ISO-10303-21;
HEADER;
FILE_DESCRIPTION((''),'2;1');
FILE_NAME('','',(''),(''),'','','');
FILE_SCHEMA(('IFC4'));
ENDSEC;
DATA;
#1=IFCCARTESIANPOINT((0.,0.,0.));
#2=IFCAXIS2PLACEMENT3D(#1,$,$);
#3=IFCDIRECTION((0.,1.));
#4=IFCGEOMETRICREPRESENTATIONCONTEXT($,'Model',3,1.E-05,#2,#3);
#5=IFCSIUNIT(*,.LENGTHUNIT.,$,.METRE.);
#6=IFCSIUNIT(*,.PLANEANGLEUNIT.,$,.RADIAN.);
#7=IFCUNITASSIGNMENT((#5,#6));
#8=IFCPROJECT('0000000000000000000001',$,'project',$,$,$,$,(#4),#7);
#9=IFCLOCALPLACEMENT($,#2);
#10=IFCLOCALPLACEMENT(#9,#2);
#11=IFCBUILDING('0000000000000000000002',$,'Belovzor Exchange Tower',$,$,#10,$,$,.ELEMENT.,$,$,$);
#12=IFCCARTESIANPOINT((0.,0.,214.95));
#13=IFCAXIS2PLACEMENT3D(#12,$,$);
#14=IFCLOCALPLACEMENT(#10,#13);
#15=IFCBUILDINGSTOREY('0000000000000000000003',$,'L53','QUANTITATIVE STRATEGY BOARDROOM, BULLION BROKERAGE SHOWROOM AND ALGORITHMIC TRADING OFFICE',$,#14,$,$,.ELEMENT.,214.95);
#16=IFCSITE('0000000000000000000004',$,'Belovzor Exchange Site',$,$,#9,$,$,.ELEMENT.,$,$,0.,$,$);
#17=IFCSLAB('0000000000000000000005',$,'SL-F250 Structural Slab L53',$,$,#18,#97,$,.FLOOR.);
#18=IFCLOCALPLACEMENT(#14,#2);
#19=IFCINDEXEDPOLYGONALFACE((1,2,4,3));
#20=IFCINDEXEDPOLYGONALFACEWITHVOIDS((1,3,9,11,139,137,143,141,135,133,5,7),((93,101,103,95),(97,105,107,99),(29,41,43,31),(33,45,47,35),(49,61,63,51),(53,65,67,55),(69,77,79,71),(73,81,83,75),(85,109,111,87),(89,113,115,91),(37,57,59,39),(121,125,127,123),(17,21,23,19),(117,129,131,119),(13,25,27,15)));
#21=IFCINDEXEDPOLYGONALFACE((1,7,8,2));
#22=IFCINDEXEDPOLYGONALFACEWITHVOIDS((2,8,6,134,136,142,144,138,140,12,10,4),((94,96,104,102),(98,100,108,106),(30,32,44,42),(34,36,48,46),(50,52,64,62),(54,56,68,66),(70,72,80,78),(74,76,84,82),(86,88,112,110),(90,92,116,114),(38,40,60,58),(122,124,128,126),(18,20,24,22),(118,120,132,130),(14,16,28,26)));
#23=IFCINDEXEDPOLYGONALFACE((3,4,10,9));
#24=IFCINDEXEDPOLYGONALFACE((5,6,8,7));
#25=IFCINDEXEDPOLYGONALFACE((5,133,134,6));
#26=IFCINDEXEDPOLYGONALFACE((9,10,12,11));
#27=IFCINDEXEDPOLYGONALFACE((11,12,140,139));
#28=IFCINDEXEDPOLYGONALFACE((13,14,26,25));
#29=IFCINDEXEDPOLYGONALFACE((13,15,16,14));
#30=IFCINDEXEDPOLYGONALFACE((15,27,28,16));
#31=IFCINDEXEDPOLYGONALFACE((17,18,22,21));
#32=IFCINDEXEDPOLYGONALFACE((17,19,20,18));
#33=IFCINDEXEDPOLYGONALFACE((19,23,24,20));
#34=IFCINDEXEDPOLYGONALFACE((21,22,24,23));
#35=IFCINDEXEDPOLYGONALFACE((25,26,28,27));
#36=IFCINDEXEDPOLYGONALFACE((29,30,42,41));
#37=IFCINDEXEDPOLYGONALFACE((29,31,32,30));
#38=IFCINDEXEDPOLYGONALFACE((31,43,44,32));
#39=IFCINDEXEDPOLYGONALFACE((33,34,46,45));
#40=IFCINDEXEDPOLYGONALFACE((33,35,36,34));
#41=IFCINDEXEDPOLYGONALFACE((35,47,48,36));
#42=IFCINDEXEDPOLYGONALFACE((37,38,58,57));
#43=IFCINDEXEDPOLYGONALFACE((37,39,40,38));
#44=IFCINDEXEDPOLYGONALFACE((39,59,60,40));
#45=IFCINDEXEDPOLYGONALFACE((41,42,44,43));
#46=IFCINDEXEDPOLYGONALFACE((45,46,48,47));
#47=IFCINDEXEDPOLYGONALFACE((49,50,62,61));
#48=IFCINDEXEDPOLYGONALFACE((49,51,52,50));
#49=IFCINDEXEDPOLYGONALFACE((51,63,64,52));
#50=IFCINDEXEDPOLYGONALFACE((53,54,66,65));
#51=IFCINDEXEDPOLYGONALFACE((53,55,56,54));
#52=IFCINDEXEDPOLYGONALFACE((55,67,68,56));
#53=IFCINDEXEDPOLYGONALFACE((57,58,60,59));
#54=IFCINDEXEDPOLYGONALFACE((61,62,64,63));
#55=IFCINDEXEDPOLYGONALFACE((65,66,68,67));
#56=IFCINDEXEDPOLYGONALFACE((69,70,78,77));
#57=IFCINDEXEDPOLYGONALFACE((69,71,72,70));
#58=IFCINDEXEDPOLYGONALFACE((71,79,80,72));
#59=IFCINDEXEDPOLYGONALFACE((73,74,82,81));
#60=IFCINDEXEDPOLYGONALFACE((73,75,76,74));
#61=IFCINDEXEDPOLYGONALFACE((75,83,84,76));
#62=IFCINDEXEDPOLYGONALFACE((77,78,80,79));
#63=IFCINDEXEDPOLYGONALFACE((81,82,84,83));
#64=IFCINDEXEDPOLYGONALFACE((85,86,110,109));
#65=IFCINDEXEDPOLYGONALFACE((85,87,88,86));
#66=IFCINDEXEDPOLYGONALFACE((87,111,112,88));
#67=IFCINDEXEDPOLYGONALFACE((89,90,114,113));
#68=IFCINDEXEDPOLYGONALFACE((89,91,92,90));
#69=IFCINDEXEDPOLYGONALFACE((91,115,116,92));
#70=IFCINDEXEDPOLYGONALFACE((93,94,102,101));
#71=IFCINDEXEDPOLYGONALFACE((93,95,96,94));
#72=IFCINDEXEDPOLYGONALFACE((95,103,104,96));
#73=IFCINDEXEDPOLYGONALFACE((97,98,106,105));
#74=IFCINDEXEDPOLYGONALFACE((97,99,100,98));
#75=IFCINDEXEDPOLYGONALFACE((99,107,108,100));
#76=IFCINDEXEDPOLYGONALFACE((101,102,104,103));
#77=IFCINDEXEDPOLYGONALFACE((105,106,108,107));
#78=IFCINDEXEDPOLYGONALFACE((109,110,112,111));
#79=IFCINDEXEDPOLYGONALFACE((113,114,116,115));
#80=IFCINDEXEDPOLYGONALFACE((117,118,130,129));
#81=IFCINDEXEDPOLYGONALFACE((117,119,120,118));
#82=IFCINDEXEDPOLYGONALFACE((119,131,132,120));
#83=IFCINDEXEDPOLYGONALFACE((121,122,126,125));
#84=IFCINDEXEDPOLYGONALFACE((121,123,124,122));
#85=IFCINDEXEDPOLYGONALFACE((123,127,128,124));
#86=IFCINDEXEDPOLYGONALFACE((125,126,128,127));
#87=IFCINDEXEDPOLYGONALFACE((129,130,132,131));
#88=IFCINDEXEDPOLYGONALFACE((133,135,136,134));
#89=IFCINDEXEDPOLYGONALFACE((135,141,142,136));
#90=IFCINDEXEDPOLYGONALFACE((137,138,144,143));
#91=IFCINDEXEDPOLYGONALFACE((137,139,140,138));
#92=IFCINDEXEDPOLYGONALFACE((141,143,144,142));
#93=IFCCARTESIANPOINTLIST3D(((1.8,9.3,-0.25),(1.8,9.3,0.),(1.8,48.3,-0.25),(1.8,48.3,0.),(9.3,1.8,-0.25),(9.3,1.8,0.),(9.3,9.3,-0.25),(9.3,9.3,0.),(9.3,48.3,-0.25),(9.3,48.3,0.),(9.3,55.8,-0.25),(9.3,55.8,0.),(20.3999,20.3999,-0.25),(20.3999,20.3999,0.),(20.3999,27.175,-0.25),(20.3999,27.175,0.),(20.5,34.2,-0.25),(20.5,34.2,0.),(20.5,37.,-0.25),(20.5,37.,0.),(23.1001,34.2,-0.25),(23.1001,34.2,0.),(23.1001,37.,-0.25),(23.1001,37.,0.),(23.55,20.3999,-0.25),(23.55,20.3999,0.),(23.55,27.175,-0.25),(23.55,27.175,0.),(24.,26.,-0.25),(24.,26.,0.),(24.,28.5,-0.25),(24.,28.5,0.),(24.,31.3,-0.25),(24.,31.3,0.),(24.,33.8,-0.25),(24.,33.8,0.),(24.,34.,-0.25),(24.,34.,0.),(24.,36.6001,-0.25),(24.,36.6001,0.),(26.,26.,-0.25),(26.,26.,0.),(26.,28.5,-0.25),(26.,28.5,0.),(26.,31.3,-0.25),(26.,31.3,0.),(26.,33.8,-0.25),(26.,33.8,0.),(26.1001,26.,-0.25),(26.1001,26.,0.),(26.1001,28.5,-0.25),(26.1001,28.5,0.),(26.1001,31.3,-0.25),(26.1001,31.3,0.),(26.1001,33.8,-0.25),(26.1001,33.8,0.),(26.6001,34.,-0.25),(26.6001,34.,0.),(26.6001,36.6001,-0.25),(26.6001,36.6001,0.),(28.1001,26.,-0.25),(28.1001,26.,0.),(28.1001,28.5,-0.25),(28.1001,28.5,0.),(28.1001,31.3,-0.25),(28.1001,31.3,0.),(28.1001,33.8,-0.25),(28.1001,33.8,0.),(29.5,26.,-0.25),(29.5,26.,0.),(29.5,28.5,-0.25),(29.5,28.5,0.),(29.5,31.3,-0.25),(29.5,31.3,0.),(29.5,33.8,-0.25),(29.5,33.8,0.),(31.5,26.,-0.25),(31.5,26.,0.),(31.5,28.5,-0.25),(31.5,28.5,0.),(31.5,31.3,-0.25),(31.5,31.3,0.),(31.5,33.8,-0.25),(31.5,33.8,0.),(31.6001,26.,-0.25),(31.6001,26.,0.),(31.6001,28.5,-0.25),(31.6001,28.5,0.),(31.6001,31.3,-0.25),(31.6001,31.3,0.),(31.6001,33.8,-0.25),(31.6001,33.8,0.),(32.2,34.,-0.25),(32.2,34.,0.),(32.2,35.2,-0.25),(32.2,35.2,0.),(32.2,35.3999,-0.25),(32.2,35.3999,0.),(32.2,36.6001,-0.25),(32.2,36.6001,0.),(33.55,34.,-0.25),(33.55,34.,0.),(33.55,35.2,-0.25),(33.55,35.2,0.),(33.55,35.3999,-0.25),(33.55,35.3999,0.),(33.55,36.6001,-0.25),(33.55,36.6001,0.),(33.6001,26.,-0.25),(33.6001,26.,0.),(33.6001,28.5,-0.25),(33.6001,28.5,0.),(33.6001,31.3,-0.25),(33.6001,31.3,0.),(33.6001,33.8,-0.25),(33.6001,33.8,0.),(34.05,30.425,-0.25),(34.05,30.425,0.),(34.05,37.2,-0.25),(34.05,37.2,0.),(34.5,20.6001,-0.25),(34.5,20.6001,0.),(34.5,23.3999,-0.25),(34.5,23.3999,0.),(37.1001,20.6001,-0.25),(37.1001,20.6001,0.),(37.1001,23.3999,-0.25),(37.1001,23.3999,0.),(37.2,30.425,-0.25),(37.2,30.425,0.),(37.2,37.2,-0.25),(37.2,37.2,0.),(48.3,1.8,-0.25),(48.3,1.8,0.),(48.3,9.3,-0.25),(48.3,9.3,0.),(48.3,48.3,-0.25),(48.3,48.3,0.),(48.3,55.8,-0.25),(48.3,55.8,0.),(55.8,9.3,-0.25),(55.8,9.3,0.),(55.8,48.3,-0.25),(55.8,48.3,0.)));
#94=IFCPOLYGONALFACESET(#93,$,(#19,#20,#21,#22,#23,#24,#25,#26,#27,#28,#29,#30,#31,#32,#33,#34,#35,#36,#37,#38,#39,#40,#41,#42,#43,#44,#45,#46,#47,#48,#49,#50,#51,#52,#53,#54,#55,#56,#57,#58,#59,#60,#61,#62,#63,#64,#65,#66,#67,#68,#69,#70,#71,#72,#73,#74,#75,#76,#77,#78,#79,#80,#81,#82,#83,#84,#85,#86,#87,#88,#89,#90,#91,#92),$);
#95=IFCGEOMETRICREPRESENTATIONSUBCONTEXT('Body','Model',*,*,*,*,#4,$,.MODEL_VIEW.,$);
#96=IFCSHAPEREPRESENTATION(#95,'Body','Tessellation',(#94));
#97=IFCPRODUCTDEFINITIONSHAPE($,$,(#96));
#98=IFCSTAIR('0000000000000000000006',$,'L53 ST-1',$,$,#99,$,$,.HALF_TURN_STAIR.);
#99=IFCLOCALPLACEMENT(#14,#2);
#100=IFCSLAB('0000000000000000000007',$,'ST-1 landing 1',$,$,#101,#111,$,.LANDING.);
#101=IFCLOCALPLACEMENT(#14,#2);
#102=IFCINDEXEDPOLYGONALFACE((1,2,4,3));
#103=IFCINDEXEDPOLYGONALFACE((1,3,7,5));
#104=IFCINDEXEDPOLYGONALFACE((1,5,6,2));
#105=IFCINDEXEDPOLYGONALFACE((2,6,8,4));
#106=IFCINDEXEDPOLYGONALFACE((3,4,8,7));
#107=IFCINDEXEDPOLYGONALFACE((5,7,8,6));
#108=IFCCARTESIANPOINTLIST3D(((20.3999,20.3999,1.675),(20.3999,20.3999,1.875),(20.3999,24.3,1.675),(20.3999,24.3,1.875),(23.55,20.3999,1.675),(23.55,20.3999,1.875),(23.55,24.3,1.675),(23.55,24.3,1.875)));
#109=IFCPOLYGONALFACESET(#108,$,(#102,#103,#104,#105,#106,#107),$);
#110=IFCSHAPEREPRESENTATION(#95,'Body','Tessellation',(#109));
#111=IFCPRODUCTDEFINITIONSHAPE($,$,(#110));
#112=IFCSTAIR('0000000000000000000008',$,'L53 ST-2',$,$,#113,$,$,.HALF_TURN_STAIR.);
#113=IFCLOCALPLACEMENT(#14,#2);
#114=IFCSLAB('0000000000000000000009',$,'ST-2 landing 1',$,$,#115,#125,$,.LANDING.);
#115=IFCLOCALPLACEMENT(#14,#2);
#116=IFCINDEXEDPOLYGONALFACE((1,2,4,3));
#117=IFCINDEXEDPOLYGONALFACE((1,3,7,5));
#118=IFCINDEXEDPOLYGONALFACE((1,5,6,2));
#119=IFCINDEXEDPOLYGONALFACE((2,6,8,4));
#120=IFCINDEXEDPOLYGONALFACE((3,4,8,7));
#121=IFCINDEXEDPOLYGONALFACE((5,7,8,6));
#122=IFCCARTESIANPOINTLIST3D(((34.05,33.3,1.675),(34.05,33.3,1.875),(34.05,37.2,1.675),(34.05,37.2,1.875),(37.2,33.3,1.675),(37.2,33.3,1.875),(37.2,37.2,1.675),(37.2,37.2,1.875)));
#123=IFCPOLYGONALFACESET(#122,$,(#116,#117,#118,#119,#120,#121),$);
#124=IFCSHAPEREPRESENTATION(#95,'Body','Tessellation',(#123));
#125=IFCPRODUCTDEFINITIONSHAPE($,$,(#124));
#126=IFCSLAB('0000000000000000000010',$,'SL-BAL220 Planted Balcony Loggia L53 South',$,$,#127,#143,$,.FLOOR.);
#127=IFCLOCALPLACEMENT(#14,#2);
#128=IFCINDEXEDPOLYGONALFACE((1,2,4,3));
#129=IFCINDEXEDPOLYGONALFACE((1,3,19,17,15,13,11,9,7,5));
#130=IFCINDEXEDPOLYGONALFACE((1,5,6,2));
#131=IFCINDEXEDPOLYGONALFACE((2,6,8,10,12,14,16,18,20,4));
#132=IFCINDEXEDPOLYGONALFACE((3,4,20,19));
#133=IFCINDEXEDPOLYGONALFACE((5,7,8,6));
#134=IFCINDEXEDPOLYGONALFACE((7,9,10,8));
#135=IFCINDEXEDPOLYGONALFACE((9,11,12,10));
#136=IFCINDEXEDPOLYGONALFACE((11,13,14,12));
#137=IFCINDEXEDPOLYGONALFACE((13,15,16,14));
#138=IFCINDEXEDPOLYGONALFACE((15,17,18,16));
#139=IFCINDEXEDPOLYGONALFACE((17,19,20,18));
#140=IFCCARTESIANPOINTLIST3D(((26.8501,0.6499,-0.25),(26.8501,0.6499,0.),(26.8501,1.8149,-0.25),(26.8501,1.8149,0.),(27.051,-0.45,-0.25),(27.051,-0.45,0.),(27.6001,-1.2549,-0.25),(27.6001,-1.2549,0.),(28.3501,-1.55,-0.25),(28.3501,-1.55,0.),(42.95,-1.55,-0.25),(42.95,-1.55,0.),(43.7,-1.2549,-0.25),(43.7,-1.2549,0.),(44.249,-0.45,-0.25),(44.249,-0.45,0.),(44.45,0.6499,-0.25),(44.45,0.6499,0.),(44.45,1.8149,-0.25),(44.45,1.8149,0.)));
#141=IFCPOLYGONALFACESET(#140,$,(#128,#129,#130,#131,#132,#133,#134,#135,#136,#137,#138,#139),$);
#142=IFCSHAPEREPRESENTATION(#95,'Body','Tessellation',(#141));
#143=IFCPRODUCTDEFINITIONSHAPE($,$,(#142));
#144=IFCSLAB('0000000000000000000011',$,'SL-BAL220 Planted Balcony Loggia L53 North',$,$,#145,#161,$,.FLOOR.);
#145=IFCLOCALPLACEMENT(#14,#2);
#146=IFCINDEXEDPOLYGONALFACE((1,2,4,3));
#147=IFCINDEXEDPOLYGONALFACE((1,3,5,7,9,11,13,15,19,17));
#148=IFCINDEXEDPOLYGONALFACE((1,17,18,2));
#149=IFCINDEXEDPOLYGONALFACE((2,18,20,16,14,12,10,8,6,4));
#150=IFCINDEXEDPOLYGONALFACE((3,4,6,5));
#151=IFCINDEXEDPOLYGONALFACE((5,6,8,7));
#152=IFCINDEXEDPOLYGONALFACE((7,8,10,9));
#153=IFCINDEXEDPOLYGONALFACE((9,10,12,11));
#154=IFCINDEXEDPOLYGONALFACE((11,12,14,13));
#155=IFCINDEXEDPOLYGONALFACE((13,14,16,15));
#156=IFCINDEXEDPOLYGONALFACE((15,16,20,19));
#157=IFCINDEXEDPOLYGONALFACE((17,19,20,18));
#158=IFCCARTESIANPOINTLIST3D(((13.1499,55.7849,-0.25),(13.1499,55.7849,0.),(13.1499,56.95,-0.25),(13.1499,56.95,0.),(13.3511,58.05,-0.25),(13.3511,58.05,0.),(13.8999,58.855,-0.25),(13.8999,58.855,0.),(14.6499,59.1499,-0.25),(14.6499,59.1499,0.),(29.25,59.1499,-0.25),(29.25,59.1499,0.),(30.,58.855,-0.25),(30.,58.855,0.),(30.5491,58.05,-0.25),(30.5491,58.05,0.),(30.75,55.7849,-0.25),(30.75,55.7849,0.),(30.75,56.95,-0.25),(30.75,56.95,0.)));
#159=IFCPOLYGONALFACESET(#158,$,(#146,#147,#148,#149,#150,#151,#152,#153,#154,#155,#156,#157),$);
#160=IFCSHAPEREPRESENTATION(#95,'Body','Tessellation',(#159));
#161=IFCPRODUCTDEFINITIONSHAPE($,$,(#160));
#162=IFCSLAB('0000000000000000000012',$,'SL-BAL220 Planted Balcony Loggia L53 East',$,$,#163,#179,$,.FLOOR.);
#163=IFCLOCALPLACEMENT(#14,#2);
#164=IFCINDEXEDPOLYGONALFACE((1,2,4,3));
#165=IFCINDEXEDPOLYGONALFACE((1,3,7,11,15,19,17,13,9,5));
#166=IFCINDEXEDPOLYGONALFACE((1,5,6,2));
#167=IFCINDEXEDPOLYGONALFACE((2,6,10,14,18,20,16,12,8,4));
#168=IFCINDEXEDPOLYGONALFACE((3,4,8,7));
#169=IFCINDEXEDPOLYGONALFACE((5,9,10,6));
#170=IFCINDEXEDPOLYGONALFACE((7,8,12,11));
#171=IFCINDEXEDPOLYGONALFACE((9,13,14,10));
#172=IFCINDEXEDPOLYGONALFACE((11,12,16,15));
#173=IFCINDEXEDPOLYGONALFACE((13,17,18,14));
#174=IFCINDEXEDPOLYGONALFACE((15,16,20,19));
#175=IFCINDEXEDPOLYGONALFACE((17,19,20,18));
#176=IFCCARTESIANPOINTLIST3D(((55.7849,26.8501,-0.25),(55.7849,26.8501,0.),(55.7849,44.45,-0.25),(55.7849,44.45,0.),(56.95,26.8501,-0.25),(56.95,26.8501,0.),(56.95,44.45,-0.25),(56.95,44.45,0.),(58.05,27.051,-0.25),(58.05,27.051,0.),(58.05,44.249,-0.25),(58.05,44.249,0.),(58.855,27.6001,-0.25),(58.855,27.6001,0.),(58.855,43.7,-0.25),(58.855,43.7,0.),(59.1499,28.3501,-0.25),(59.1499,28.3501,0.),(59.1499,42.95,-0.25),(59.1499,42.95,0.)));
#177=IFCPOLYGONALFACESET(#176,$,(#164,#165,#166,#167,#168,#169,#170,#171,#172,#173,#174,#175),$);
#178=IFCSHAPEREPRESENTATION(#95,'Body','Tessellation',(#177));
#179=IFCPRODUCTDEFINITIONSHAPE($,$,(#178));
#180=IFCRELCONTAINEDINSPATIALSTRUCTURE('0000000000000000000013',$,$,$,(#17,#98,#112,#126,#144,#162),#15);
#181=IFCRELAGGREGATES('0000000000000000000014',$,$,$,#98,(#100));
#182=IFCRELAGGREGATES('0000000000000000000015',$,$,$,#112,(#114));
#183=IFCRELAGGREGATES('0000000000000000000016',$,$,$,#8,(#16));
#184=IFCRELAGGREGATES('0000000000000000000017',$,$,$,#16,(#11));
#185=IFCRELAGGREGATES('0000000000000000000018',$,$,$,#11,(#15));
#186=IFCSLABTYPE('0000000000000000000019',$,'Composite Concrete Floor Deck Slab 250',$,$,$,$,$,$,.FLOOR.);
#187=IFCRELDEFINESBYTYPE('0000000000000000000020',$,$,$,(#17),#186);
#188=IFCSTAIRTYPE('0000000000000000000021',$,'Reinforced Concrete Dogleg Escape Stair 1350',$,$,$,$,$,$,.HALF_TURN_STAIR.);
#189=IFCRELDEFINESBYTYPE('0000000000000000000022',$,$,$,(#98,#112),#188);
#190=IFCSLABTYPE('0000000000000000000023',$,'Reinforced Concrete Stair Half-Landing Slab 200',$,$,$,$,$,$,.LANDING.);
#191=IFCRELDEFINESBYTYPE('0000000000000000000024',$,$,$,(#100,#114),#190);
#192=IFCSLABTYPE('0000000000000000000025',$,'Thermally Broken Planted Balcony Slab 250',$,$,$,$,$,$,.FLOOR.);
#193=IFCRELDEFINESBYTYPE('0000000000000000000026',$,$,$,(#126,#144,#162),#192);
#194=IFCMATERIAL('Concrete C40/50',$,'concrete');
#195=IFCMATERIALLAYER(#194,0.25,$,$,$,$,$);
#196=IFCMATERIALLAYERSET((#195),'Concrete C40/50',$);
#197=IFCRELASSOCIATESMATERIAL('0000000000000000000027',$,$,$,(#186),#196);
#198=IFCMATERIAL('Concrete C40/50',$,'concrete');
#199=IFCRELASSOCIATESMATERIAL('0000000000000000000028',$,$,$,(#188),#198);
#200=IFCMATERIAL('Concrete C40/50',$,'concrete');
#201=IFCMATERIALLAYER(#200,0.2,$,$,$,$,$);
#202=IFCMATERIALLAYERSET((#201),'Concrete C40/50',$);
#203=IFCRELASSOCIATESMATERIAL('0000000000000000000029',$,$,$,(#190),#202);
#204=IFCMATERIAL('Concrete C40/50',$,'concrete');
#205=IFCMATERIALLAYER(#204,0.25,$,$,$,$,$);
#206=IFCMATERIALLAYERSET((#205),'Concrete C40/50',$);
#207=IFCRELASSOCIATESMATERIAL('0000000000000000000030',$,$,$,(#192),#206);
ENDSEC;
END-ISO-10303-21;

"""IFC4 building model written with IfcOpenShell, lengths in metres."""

from ifc_helpers import new_model, si_unit, direction, frame, origin, place, context, subcontext, project, spatial, polyline, outline, extrude, material, layer, layer_set, type_object, element, aggregate, save


model = new_model("IFC4")

# Units and contexts
model_context = context("Model", 3, precision=1e-05, world=origin(), true_north=direction((0.0, 1.0)))
body_context = subcontext(model_context, "Body", "Model", "MODEL_VIEW")
ifc_project = project(units=[si_unit("LENGTHUNIT", "METRE"), si_unit("PLANEANGLEUNIT", "RADIAN")], contexts=[model_context])

# Site, building, storey
site_placement = place(None, origin())
site = spatial("IfcSite", under=ifc_project, at=site_placement, Name="Belovzor Exchange Site", CompositionType="ELEMENT", RefElevation=0.0)
building_placement = place(site_placement, origin())
building = spatial("IfcBuilding", under=site, at=building_placement, Name="Belovzor Exchange Tower", CompositionType="ELEMENT")
storey_placement = place(building_placement, frame((0.0, 0.0, 214.95)))
storey = spatial("IfcBuildingStorey", under=building, at=storey_placement, Name="L53", Description="QUANTITATIVE STRATEGY BOARDROOM, BULLION BROKERAGE SHOWROOM AND ALGORITHMIC TRADING OFFICE", CompositionType="ELEMENT", Elevation=214.95)

# Slab
ifc_material_1 = material(Name="Concrete C40/50", Category="concrete")
ifc_layer_1 = layer(ifc_material_1, 0.25)
ifc_layer_set_1 = layer_set([ifc_layer_1], Name="Concrete C40/50")
slab_type_1 = type_object("IfcSlabType", Name="Composite Concrete Floor Deck Slab 250", PredefinedType="FLOOR", material=ifc_layer_set_1)
slab_1_placement = place(storey_placement, frame((0.0, 0.0, -0.25)))
element("IfcSlab", 1, at=slab_1_placement, inside=storey, type_object=slab_type_1, Name="SL-F250 Structural Slab L53", PredefinedType="FLOOR", context=body_context, shape_type="SweptSolid", body=[
    extrude(outline(polyline([(9.3, 1.8), (48.3, 1.8), (48.3, 9.3), (55.8, 9.3), (55.8, 48.3), (48.3, 48.3), (48.3, 55.8), (9.3, 55.8), (9.3, 48.3), (1.8, 48.3), (1.8, 9.3), (9.3, 9.3), (9.3, 1.8)]), holes=[polyline([(20.3999, 27.175), (20.3999, 20.3999), (23.55, 20.3999), (23.55, 27.175), (20.3999, 27.175)]), polyline([(37.2, 30.425), (37.2, 37.2), (34.05, 37.2), (34.05, 30.425), (37.2, 30.425)]), polyline([(20.5, 34.2), (23.1001, 34.2), (23.1001, 37.0), (20.5, 37.0), (20.5, 34.2)]), polyline([(34.5, 20.6001), (37.1001, 20.6001), (37.1001, 23.3999), (34.5, 23.3999), (34.5, 20.6001)]), polyline([(24.0, 34.0), (26.6001, 34.0), (26.6001, 36.6001), (24.0, 36.6001), (24.0, 34.0)]), polyline([(24.0, 26.0), (26.0, 26.0), (26.0, 28.5), (24.0, 28.5), (24.0, 26.0)]), polyline([(26.1001, 26.0), (28.1001, 26.0), (28.1001, 28.5), (26.1001, 28.5), (26.1001, 26.0)]), polyline([(29.5, 26.0), (31.5, 26.0), (31.5, 28.5), (29.5, 28.5), (29.5, 26.0)]), polyline([(31.6001, 26.0), (33.6001, 26.0), (33.6001, 28.5), (31.6001, 28.5), (31.6001, 26.0)]), polyline([(24.0, 31.3), (26.0, 31.3), (26.0, 33.8), (24.0, 33.8), (24.0, 31.3)]), polyline([(26.1001, 31.3), (28.1001, 31.3), (28.1001, 33.8), (26.1001, 33.8), (26.1001, 31.3)]), polyline([(29.5, 31.3), (31.5, 31.3), (31.5, 33.8), (29.5, 33.8), (29.5, 31.3)]), polyline([(31.6001, 31.3), (33.6001, 31.3), (33.6001, 33.8), (31.6001, 33.8), (31.6001, 31.3)]), polyline([(32.2, 34.0), (33.55, 34.0), (33.55, 35.2), (32.2, 35.2), (32.2, 34.0)]), polyline([(32.2, 35.3999), (33.55, 35.3999), (33.55, 36.6001), (32.2, 36.6001), (32.2, 35.3999)])]), origin(), (0.0, 0.0, 1.0), 0.25),
])

# Stairs, slabs
ifc_material_2 = material(Name="Concrete C40/50", Category="concrete")
stair_type = type_object("IfcStairType", Name="Reinforced Concrete Dogleg Escape Stair 1350", PredefinedType="HALF_TURN_STAIR", material=ifc_material_2)
stair_1_placement = place(storey_placement, origin())
stair_1 = element("IfcStair", 2, at=stair_1_placement, inside=storey, type_object=stair_type, Name="L53 ST-1", PredefinedType="HALF_TURN_STAIR")
ifc_material_3 = material(Name="Concrete C40/50", Category="concrete")
ifc_layer_2 = layer(ifc_material_3, 0.2)
ifc_layer_set_2 = layer_set([ifc_layer_2], Name="Concrete C40/50")
slab_type_2 = type_object("IfcSlabType", Name="Reinforced Concrete Stair Half-Landing Slab 200", PredefinedType="LANDING", material=ifc_layer_set_2)
slab_2_placement = place(storey_placement, frame((0.0, 0.0, 1.675)))
slab_2 = element("IfcSlab", 3, at=slab_2_placement, type_object=slab_type_2, Name="ST-1 landing 1", PredefinedType="LANDING", context=body_context, shape_type="SweptSolid", body=[
    extrude(outline(polyline([(20.3999, 24.3), (20.3999, 20.3999), (23.55, 20.3999), (23.55, 24.3), (20.3999, 24.3)])), origin(), (0.0, 0.0, 1.0), 0.2),
])
aggregate(stair_1, [slab_2])
stair_2_placement = place(storey_placement, origin())
stair_2 = element("IfcStair", 4, at=stair_2_placement, inside=storey, type_object=stair_type, Name="L53 ST-2", PredefinedType="HALF_TURN_STAIR")
slab_3_placement = place(storey_placement, frame((0.0, 0.0, 1.675)))
slab_3 = element("IfcSlab", 5, at=slab_3_placement, type_object=slab_type_2, Name="ST-2 landing 1", PredefinedType="LANDING", context=body_context, shape_type="SweptSolid", body=[
    extrude(outline(polyline([(37.2, 33.3), (37.2, 37.2), (34.05, 37.2), (34.05, 33.3), (37.2, 33.3)])), origin(), (0.0, 0.0, 1.0), 0.2),
])
aggregate(stair_2, [slab_3])

# Slabs
ifc_material_4 = material(Name="Concrete C40/50", Category="concrete")
ifc_layer_3 = layer(ifc_material_4, 0.25)
ifc_layer_set_3 = layer_set([ifc_layer_3], Name="Concrete C40/50")
slab_type_3 = type_object("IfcSlabType", Name="Thermally Broken Planted Balcony Slab 250", PredefinedType="FLOOR", material=ifc_layer_set_3)
slab_4_placement = place(storey_placement, frame((0.0, 0.0, -0.25)))
element("IfcSlab", 6, at=slab_4_placement, inside=storey, type_object=slab_type_3, Name="SL-BAL220 Planted Balcony Loggia L53 South", PredefinedType="FLOOR", context=body_context, shape_type="SweptSolid", body=[
    extrude(outline(polyline([(26.8501, 1.8149), (26.8501, 0.6499), (27.051, -0.45), (27.6001, -1.2549), (28.3501, -1.55), (42.95, -1.55), (43.7, -1.2549), (44.249, -0.45), (44.45, 0.6499), (44.45, 1.8149), (26.8501, 1.8149)])), origin(), (0.0, 0.0, 1.0), 0.25),
])
slab_5_placement = place(storey_placement, frame((0.0, 0.0, -0.25)))
element("IfcSlab", 7, at=slab_5_placement, inside=storey, type_object=slab_type_3, Name="SL-BAL220 Planted Balcony Loggia L53 North", PredefinedType="FLOOR", context=body_context, shape_type="SweptSolid", body=[
    extrude(outline(polyline([(30.75, 55.7849), (30.75, 56.95), (30.5491, 58.05), (30.0, 58.855), (29.25, 59.1499), (14.6499, 59.1499), (13.8999, 58.855), (13.3511, 58.05), (13.1499, 56.95), (13.1499, 55.7849), (30.75, 55.7849)])), origin(), (0.0, 0.0, 1.0), 0.25),
])
slab_6_placement = place(storey_placement, frame((0.0, 0.0, -0.25)))
element("IfcSlab", 8, at=slab_6_placement, inside=storey, type_object=slab_type_3, Name="SL-BAL220 Planted Balcony Loggia L53 East", PredefinedType="FLOOR", context=body_context, shape_type="SweptSolid", body=[
    extrude(outline(polyline([(55.7849, 26.8501), (56.95, 26.8501), (58.05, 27.051), (58.855, 27.6001), (59.1499, 28.3501), (59.1499, 42.95), (58.855, 43.7), (58.05, 44.249), (56.95, 44.45), (55.7849, 44.45), (55.7849, 26.8501)])), origin(), (0.0, 0.0, 1.0), 0.25),
])

save(model, "model.ifc")
